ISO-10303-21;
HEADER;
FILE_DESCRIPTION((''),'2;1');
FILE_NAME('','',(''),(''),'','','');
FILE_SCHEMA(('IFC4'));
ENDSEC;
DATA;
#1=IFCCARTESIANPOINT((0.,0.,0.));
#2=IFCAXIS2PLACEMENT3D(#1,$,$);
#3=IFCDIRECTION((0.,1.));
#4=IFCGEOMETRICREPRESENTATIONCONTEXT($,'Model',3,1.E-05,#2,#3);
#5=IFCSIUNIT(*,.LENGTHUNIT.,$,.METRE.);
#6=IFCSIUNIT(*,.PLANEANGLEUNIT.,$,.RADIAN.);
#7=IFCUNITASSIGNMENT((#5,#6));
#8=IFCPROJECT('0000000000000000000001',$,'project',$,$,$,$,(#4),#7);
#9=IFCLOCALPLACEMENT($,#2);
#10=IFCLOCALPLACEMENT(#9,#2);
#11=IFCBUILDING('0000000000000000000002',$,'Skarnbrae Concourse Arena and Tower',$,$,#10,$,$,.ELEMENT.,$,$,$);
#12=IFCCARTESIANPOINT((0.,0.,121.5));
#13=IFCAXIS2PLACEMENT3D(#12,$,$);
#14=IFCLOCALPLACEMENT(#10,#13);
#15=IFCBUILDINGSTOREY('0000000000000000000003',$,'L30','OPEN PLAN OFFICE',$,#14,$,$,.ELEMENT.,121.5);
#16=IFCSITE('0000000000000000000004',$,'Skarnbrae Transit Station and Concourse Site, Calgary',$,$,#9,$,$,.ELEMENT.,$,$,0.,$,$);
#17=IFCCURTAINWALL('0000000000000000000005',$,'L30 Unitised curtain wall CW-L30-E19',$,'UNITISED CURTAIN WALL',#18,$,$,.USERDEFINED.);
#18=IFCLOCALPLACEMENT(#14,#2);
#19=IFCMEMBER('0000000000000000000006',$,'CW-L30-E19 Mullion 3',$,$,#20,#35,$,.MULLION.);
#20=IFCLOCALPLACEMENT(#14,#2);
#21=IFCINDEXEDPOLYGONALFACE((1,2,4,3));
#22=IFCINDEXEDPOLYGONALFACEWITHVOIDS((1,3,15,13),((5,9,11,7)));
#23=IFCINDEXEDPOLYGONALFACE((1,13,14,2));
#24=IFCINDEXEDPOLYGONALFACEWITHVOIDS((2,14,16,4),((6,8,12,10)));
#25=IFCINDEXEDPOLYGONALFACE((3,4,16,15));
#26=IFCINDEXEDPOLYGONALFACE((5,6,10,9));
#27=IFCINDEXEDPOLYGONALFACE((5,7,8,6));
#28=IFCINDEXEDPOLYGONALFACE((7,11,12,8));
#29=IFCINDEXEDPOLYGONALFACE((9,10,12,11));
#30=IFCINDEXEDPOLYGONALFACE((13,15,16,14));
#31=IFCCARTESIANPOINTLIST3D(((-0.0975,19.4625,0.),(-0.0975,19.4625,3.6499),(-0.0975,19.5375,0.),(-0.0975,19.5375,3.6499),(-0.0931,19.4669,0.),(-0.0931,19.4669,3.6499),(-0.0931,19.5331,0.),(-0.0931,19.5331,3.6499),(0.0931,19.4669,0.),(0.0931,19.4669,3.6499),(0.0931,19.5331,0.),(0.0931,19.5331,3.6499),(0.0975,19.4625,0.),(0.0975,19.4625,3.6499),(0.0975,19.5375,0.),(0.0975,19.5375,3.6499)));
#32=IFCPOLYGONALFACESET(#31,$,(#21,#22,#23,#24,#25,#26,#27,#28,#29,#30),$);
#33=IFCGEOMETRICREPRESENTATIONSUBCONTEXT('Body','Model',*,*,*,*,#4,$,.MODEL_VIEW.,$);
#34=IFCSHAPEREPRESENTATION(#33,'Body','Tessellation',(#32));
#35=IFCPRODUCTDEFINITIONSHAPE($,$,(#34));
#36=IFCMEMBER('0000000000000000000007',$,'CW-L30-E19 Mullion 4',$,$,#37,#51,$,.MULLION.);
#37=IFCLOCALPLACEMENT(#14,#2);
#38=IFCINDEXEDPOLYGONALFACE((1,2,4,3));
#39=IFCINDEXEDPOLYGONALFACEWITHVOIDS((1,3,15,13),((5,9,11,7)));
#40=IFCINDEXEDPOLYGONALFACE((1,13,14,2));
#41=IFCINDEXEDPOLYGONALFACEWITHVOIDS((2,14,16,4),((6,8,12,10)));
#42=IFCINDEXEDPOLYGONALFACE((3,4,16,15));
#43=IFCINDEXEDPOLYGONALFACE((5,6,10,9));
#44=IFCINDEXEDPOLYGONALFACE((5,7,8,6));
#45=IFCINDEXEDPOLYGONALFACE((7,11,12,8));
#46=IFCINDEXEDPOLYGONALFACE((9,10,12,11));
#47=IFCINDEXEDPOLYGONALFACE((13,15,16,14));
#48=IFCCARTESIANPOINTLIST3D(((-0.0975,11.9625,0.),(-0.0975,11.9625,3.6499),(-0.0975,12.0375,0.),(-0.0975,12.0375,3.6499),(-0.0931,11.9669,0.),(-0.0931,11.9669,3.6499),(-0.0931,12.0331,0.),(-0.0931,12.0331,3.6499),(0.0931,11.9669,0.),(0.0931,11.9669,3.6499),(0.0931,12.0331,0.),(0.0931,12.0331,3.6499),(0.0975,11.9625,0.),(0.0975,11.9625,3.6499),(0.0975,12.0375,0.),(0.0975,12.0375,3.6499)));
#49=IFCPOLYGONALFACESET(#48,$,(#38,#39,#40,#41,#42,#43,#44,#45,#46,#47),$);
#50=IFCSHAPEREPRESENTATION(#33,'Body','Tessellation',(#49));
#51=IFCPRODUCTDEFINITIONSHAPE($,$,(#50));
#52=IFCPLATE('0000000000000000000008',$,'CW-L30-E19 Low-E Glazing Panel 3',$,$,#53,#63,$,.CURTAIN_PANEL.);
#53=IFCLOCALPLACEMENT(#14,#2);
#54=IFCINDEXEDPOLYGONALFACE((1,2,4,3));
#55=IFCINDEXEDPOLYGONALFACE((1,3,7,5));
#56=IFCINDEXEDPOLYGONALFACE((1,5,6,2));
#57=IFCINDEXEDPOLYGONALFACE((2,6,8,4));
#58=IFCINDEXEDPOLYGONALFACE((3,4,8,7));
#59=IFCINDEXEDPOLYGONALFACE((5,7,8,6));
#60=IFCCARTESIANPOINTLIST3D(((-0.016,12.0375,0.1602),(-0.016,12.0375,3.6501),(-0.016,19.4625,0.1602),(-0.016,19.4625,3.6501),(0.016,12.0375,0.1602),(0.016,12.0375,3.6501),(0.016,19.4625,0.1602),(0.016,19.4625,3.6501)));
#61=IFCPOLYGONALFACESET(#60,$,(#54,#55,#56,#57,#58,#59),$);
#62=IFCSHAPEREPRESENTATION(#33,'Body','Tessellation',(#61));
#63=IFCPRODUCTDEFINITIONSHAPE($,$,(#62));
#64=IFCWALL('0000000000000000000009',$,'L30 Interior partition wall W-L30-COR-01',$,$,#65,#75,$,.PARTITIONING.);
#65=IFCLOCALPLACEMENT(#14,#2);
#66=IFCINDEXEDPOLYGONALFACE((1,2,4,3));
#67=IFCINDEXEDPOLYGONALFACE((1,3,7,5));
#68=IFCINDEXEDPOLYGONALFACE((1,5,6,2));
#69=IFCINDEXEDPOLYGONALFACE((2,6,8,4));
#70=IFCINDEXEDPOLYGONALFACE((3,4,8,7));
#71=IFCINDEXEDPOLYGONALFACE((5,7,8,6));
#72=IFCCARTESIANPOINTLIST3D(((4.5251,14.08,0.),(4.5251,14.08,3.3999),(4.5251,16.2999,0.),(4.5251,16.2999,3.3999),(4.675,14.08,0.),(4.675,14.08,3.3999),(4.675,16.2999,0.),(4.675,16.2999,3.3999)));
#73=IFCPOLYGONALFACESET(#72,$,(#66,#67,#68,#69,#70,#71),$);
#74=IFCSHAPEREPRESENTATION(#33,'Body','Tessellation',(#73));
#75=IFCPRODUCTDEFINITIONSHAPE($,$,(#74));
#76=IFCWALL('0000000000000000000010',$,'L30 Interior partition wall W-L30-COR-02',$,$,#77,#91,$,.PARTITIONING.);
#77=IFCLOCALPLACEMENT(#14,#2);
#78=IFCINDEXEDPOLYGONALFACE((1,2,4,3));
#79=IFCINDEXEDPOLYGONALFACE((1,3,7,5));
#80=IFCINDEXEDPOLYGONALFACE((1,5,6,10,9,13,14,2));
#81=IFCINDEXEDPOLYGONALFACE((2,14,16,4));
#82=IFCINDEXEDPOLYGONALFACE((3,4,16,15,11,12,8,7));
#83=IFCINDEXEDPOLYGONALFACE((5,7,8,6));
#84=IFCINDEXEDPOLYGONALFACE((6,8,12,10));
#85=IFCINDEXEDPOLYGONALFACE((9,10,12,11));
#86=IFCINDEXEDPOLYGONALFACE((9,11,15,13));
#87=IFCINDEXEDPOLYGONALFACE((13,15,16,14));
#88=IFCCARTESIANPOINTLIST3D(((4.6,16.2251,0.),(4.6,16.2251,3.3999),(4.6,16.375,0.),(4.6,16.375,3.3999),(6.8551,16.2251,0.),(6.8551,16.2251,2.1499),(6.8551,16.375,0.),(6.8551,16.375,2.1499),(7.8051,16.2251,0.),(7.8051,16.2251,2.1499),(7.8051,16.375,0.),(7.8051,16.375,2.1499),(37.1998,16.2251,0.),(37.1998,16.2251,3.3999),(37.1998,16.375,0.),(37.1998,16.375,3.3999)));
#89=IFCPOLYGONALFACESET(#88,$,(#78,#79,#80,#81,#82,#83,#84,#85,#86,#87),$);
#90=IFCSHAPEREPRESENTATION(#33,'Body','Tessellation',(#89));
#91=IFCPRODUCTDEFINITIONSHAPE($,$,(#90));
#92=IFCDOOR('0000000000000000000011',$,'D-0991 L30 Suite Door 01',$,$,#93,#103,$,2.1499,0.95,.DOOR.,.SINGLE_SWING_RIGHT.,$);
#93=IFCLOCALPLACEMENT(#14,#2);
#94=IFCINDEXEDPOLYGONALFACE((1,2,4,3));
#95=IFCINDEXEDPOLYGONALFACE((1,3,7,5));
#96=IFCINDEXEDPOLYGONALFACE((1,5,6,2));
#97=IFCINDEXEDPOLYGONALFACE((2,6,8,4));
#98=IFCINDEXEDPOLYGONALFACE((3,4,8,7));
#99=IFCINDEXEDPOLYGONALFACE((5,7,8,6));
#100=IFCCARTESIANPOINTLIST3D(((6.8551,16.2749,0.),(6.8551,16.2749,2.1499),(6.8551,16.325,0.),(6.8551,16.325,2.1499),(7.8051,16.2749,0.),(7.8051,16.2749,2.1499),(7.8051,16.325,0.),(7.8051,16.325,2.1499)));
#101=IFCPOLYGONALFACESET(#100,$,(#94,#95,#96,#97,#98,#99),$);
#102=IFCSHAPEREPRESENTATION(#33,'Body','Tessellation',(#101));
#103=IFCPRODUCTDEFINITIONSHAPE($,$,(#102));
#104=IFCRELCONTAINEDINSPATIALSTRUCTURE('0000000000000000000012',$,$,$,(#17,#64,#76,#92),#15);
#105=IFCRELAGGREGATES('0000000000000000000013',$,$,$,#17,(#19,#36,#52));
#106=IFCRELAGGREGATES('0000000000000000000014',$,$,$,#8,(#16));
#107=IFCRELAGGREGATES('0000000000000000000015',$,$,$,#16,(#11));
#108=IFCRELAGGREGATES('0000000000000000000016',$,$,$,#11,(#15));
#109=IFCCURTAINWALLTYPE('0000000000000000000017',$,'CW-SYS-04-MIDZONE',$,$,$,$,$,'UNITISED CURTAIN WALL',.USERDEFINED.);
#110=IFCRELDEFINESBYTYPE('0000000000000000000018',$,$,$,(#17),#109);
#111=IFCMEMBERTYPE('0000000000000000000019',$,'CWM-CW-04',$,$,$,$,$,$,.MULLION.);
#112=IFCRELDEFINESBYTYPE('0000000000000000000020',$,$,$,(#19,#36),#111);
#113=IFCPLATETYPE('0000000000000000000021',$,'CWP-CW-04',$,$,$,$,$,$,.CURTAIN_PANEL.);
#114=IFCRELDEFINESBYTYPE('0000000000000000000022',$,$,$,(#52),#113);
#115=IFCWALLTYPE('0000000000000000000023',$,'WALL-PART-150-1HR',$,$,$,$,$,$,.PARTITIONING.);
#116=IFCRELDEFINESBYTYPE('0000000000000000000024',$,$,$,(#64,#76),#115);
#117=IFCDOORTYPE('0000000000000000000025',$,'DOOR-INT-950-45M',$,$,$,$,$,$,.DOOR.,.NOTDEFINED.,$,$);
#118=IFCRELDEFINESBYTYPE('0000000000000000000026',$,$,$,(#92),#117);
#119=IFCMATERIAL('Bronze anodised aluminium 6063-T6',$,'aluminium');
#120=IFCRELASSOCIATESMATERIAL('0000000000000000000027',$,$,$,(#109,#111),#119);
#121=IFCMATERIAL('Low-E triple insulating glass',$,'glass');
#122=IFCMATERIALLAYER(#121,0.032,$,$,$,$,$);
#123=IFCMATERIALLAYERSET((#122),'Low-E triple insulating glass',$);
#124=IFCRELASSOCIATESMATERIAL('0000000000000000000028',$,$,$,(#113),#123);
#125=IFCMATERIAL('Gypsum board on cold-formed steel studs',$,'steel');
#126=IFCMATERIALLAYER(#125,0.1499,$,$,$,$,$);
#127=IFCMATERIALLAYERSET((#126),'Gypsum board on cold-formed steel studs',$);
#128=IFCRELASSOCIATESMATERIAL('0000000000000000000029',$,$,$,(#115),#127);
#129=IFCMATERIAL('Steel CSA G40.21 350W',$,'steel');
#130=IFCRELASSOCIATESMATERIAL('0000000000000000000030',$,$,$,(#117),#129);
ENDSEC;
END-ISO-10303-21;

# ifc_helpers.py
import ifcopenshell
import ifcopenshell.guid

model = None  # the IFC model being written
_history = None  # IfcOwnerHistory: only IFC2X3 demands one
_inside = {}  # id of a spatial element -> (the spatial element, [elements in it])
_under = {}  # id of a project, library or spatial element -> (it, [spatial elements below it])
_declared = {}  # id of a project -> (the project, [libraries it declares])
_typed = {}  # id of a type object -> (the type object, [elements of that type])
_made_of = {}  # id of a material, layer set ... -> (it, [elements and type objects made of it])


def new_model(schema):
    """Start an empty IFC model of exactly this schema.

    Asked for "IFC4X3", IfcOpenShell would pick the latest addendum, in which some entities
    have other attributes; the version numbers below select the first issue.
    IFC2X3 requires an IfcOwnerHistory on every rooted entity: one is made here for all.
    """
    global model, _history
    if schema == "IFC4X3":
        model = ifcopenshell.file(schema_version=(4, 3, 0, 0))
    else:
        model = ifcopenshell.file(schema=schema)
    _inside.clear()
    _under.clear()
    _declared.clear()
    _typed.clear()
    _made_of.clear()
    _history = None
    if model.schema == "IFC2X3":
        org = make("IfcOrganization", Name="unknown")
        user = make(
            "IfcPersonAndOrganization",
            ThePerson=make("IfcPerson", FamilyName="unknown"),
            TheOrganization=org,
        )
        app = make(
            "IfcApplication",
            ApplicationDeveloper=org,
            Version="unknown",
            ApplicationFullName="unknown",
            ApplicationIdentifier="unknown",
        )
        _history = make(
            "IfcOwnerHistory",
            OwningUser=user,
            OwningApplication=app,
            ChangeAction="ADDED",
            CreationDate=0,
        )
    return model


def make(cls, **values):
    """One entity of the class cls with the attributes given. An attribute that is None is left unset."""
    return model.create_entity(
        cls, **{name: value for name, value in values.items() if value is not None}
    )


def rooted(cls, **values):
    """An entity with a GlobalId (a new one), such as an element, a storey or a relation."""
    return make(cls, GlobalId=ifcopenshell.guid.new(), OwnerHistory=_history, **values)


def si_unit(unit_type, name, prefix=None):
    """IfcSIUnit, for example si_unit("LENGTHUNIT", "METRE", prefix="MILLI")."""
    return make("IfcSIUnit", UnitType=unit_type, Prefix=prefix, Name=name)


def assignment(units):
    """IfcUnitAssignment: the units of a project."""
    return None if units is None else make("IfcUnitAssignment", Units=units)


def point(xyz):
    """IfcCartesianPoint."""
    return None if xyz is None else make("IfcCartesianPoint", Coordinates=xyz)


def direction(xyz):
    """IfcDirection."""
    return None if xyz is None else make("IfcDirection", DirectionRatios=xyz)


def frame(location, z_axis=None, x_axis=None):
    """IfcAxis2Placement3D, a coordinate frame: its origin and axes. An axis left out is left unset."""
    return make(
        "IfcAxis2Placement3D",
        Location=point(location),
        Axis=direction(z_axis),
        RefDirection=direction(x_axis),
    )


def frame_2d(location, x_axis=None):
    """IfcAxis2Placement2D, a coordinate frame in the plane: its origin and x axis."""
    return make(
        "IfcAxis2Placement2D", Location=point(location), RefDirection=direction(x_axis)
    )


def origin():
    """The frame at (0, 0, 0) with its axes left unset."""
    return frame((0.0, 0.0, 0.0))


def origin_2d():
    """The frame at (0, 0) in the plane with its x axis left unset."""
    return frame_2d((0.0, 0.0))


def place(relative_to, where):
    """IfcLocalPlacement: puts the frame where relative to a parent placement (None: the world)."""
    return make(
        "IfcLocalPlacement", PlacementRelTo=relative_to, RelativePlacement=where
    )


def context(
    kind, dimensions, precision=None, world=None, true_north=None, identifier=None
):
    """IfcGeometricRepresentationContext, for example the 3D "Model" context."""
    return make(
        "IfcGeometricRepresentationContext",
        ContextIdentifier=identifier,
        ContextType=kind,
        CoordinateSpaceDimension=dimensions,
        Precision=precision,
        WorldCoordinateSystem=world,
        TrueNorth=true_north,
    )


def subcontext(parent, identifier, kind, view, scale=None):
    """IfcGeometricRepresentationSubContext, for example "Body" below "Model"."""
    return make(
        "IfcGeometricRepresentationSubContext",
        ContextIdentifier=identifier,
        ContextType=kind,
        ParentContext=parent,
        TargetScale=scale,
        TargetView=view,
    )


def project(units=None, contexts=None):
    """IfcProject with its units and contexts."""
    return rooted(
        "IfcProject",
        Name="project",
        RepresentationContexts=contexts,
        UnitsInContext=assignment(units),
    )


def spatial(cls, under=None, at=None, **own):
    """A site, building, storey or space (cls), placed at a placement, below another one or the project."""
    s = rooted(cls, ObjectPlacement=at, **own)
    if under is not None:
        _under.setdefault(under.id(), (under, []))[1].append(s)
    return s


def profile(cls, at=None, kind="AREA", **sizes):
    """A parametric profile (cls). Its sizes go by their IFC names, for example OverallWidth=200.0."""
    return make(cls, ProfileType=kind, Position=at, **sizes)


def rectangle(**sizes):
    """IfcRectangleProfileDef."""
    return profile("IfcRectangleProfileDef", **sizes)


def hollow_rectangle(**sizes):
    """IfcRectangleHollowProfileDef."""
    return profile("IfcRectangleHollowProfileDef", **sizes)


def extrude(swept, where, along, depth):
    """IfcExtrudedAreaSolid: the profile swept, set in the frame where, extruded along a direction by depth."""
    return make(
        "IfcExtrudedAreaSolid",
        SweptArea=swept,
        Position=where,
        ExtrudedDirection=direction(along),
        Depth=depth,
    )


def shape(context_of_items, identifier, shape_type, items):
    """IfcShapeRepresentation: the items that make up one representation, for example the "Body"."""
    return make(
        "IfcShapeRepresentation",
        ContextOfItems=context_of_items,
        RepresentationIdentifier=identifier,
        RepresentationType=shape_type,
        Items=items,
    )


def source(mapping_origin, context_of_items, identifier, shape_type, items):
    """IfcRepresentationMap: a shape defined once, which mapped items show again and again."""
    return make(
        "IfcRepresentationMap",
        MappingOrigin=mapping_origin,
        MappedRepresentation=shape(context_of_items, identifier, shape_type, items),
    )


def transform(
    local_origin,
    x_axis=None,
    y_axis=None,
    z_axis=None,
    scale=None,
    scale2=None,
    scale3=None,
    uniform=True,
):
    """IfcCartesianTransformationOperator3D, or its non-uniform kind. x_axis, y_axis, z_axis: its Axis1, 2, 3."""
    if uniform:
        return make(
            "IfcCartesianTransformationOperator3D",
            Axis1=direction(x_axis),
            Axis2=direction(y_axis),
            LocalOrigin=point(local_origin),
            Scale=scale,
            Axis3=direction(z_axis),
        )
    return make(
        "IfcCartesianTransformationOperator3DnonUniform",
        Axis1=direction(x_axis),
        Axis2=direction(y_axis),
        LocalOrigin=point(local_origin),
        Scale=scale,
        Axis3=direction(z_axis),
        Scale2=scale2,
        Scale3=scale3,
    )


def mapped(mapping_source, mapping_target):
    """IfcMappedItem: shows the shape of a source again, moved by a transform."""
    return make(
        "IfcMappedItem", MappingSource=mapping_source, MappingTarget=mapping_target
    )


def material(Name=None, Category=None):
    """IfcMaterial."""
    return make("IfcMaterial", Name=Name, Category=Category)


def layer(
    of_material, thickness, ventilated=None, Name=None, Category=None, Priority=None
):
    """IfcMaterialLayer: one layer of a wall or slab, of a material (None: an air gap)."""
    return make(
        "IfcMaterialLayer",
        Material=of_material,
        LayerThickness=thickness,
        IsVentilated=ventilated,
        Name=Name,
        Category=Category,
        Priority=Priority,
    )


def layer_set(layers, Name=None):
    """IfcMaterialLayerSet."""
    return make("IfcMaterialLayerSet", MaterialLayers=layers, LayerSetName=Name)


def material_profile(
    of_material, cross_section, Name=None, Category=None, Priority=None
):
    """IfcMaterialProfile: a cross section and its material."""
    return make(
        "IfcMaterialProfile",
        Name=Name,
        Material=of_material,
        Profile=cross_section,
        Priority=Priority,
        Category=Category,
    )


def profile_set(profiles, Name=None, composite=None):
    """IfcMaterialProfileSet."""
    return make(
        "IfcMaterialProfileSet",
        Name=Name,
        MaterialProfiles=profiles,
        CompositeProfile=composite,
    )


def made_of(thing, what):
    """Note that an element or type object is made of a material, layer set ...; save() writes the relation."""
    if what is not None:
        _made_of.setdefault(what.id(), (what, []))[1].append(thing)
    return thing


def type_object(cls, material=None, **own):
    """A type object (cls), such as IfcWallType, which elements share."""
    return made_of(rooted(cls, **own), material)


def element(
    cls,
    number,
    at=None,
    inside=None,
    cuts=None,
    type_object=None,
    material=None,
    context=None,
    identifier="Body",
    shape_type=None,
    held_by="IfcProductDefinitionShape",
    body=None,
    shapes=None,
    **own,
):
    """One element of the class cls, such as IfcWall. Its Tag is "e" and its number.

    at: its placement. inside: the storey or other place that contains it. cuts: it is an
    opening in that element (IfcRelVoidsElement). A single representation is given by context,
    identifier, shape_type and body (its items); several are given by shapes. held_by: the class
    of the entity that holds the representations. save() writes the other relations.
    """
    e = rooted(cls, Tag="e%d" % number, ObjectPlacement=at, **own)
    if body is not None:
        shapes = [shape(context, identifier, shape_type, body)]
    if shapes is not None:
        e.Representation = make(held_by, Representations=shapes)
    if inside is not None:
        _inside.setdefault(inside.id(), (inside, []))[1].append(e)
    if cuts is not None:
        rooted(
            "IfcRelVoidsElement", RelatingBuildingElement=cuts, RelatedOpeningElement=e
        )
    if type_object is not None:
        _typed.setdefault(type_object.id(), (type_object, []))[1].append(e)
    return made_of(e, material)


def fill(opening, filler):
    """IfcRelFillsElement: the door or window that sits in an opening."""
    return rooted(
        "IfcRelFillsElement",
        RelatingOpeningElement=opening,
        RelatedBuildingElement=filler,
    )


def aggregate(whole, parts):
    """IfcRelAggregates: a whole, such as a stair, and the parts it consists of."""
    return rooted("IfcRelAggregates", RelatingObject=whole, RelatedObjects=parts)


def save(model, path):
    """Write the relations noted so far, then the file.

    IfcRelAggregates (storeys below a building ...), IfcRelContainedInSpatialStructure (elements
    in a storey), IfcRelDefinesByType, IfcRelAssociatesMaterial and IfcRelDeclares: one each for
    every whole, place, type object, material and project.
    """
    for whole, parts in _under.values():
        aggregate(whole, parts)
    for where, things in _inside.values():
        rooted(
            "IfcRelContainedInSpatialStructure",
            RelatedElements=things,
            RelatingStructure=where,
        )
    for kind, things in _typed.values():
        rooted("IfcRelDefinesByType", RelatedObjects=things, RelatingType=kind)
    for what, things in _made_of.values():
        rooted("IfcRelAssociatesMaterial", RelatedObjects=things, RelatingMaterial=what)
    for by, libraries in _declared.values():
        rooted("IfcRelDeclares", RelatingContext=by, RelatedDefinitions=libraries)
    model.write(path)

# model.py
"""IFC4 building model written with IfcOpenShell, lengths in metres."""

from ifc_helpers import new_model, si_unit, direction, frame, frame_2d, origin, origin_2d, place, context, subcontext, project, spatial, rectangle, hollow_rectangle, extrude, source, transform, mapped, material, layer, layer_set, material_profile, profile_set, type_object, element, fill, aggregate, save


model = new_model("IFC4")

# Units and contexts
model_context = context("Model", 3, precision=1e-05, world=origin(), true_north=direction((0.0, 1.0)))
body_context = subcontext(model_context, "Body", "Model", "MODEL_VIEW")
ifc_project = project(units=[si_unit("LENGTHUNIT", "METRE"), si_unit("PLANEANGLEUNIT", "RADIAN")], contexts=[model_context])

# Site, building, storey
site_placement = place(None, origin())
site = spatial("IfcSite", under=ifc_project, at=site_placement, Name="Skarnbrae Transit Station and Concourse Site, Calgary", CompositionType="ELEMENT", RefElevation=0.0)
building_placement = place(site_placement, origin())
building = spatial("IfcBuilding", under=site, at=building_placement, Name="Skarnbrae Concourse Arena and Tower", CompositionType="ELEMENT")
storey_placement = place(building_placement, frame((0.0, 0.0, 121.5)))
storey = spatial("IfcBuildingStorey", under=building, at=storey_placement, Name="L30", Description="OPEN PLAN OFFICE", CompositionType="ELEMENT", Elevation=121.5)

# Shared definitions
ifc_material_1 = material(Name="Steel CSA G40.21 350W", Category="steel")

# Curtain wall, members, plate
ifc_material_2 = material(Name="Bronze anodised aluminium 6063-T6", Category="aluminium")
curtain_wall_type = type_object("IfcCurtainWallType", Name="CW-SYS-04-MIDZONE", ElementType="UNITISED CURTAIN WALL", PredefinedType="USERDEFINED", material=ifc_material_2)
curtain_wall_placement = place(storey_placement, origin())
curtain_wall = element("IfcCurtainWall", 1, at=curtain_wall_placement, inside=storey, type_object=curtain_wall_type, Name="L30 Unitised curtain wall CW-L30-E19", ObjectType="UNITISED CURTAIN WALL", PredefinedType="USERDEFINED")
ifc_material_profile_1 = material_profile(ifc_material_2, hollow_rectangle(XDim=0.075, YDim=0.1951, WallThickness=0.0044, at=origin_2d()), Name="ALU-MULL-75X195")
ifc_profile_set_1 = profile_set([ifc_material_profile_1], Name="Bronze anodised aluminium 6063-T6")
member_type_1 = type_object("IfcMemberType", Name="CWM-CW-04", PredefinedType="MULLION", material=ifc_profile_set_1)
shared_shape_1 = source(origin(), body_context, "Body", "SweptSolid", [
    extrude(hollow_rectangle(XDim=0.075, YDim=0.1951, WallThickness=0.0044, at=origin_2d()), origin(), (0.0, 0.0, 1.0), 3.6499),
])
member_1_placement = place(storey_placement, frame((0.0, 19.5, 0.0), z_axis=(0.0, 0.0, 1.0), x_axis=(0.0, -1.0, 0.0)))
member_1 = element("IfcMember", 2, at=member_1_placement, type_object=member_type_1, Name="CW-L30-E19 Mullion 3", PredefinedType="MULLION", context=body_context, shape_type="MappedRepresentation", body=[
    mapped(shared_shape_1, transform((0.0, 0.0, 0.0))),
])
member_2_placement = place(storey_placement, frame((0.0, 12.0, 0.0), z_axis=(0.0, 0.0, 1.0), x_axis=(0.0, -1.0, 0.0)))
member_2 = element("IfcMember", 3, at=member_2_placement, type_object=member_type_1, Name="CW-L30-E19 Mullion 4", PredefinedType="MULLION", context=body_context, shape_type="MappedRepresentation", body=[
    mapped(shared_shape_1, transform((0.0, 0.0, 0.0))),
])
ifc_material_3 = material(Name="Low-E triple insulating glass", Category="glass")
ifc_layer_1 = layer(ifc_material_3, 0.032)
ifc_layer_set_1 = layer_set([ifc_layer_1], Name="Low-E triple insulating glass")
plate_type = type_object("IfcPlateType", Name="CWP-CW-04", PredefinedType="CURTAIN_PANEL", material=ifc_layer_set_1)
shared_shape_2 = source(origin(), body_context, "Body", "SweptSolid", [
    extrude(rectangle(XDim=7.425, YDim=0.032, at=origin_2d()), origin(), (0.0, 0.0, 1.0), 3.49),
])
plate_placement = place(storey_placement, frame((0.0, 15.75, 0.1602), z_axis=(0.0, 0.0, 1.0), x_axis=(0.0, -1.0, 0.0)))
plate = element("IfcPlate", 4, at=plate_placement, type_object=plate_type, Name="CW-L30-E19 Low-E Glazing Panel 3", PredefinedType="CURTAIN_PANEL", context=body_context, shape_type="MappedRepresentation", body=[
    mapped(shared_shape_2, transform((0.0, 0.0, 0.0))),
])
aggregate(curtain_wall, [member_1, member_2, plate])

# Wall
ifc_material_4 = material(Name="Gypsum board on cold-formed steel studs", Category="steel")
ifc_layer_2 = layer(ifc_material_4, 0.1499)
ifc_layer_set_2 = layer_set([ifc_layer_2], Name="Gypsum board on cold-formed steel studs")
wall_type_1 = type_object("IfcWallType", Name="WALL-PART-150-1HR", PredefinedType="PARTITIONING", material=ifc_layer_set_2)
shared_shape_3 = source(origin(), body_context, "Body", "SweptSolid", [
    extrude(rectangle(XDim=2.22, YDim=0.1499, at=frame_2d((1.1099, 0.0))), origin(), (0.0, 0.0, 1.0), 3.3999),
])
wall_1_placement = place(storey_placement, frame((4.6001, 14.0801, 0.0), z_axis=(0.0, 0.0, 1.0), x_axis=(0.0, 1.0, 0.0)))
element("IfcWall", 5, at=wall_1_placement, inside=storey, type_object=wall_type_1, Name="L30 Interior partition wall W-L30-COR-01", PredefinedType="PARTITIONING", context=body_context, shape_type="MappedRepresentation", body=[
    mapped(shared_shape_3, transform((0.0, 0.0, 0.0))),
])

# Wall, opening, door
shared_shape_4 = source(origin(), body_context, "Body", "SweptSolid", [
    extrude(rectangle(XDim=32.5999, YDim=0.1499, at=frame_2d((16.2998, 0.0))), origin(), (0.0, 0.0, 1.0), 3.3999),
])
wall_2_placement = place(storey_placement, frame((4.6001, 16.3, 0.0), z_axis=(0.0, 0.0, 1.0), x_axis=(1.0, 0.0, 0.0)))
wall_2 = element("IfcWall", 6, at=wall_2_placement, inside=storey, type_object=wall_type_1, Name="L30 Interior partition wall W-L30-COR-02", PredefinedType="PARTITIONING", context=body_context, shape_type="MappedRepresentation", body=[
    mapped(shared_shape_4, transform((0.0, 0.0, 0.0))),
])
opening_1_placement = place(wall_2_placement, frame((2.2549, 0.0, 0.0)))
opening_1 = element("IfcOpeningElement", 7, at=opening_1_placement, cuts=wall_2, PredefinedType="OPENING", context=body_context, shape_type="SweptSolid", body=[
    extrude(rectangle(XDim=0.95, YDim=2.1499, at=frame_2d((0.4751, 1.075))), frame((0.0, 0.085, 0.0), z_axis=(0.0, -1.0, 0.0), x_axis=(1.0, 0.0, 0.0)), (0.0, 0.0, 1.0), 0.1699),
])
door_type_1 = type_object("IfcDoorType", Name="DOOR-INT-950-45M", OperationType="NOTDEFINED", PredefinedType="DOOR", material=ifc_material_1)
shared_shape_5 = source(origin(), body_context, "Body", "SweptSolid", [
    extrude(rectangle(XDim=0.95, YDim=2.1499, at=frame_2d((0.4751, 1.075))), frame((0.0, 0.0249, 0.0), z_axis=(0.0, -1.0, 0.0), x_axis=(1.0, 0.0, 0.0)), (0.0, 0.0, 1.0), 0.05),
])
door_1_placement = place(opening_1_placement, origin())
door_1 = element("IfcDoor", 8, at=door_1_placement, inside=storey, type_object=door_type_1, Name="D-0991 L30 Suite Door 01", OperationType="SINGLE_SWING_RIGHT", OverallHeight=2.1499, OverallWidth=0.95, PredefinedType="DOOR", context=body_context, shape_type="MappedRepresentation", body=[
    mapped(shared_shape_5, transform((0.0, 0.0, 0.0))),
])
fill(opening_1, door_1)

save(model, "model.ifc")
